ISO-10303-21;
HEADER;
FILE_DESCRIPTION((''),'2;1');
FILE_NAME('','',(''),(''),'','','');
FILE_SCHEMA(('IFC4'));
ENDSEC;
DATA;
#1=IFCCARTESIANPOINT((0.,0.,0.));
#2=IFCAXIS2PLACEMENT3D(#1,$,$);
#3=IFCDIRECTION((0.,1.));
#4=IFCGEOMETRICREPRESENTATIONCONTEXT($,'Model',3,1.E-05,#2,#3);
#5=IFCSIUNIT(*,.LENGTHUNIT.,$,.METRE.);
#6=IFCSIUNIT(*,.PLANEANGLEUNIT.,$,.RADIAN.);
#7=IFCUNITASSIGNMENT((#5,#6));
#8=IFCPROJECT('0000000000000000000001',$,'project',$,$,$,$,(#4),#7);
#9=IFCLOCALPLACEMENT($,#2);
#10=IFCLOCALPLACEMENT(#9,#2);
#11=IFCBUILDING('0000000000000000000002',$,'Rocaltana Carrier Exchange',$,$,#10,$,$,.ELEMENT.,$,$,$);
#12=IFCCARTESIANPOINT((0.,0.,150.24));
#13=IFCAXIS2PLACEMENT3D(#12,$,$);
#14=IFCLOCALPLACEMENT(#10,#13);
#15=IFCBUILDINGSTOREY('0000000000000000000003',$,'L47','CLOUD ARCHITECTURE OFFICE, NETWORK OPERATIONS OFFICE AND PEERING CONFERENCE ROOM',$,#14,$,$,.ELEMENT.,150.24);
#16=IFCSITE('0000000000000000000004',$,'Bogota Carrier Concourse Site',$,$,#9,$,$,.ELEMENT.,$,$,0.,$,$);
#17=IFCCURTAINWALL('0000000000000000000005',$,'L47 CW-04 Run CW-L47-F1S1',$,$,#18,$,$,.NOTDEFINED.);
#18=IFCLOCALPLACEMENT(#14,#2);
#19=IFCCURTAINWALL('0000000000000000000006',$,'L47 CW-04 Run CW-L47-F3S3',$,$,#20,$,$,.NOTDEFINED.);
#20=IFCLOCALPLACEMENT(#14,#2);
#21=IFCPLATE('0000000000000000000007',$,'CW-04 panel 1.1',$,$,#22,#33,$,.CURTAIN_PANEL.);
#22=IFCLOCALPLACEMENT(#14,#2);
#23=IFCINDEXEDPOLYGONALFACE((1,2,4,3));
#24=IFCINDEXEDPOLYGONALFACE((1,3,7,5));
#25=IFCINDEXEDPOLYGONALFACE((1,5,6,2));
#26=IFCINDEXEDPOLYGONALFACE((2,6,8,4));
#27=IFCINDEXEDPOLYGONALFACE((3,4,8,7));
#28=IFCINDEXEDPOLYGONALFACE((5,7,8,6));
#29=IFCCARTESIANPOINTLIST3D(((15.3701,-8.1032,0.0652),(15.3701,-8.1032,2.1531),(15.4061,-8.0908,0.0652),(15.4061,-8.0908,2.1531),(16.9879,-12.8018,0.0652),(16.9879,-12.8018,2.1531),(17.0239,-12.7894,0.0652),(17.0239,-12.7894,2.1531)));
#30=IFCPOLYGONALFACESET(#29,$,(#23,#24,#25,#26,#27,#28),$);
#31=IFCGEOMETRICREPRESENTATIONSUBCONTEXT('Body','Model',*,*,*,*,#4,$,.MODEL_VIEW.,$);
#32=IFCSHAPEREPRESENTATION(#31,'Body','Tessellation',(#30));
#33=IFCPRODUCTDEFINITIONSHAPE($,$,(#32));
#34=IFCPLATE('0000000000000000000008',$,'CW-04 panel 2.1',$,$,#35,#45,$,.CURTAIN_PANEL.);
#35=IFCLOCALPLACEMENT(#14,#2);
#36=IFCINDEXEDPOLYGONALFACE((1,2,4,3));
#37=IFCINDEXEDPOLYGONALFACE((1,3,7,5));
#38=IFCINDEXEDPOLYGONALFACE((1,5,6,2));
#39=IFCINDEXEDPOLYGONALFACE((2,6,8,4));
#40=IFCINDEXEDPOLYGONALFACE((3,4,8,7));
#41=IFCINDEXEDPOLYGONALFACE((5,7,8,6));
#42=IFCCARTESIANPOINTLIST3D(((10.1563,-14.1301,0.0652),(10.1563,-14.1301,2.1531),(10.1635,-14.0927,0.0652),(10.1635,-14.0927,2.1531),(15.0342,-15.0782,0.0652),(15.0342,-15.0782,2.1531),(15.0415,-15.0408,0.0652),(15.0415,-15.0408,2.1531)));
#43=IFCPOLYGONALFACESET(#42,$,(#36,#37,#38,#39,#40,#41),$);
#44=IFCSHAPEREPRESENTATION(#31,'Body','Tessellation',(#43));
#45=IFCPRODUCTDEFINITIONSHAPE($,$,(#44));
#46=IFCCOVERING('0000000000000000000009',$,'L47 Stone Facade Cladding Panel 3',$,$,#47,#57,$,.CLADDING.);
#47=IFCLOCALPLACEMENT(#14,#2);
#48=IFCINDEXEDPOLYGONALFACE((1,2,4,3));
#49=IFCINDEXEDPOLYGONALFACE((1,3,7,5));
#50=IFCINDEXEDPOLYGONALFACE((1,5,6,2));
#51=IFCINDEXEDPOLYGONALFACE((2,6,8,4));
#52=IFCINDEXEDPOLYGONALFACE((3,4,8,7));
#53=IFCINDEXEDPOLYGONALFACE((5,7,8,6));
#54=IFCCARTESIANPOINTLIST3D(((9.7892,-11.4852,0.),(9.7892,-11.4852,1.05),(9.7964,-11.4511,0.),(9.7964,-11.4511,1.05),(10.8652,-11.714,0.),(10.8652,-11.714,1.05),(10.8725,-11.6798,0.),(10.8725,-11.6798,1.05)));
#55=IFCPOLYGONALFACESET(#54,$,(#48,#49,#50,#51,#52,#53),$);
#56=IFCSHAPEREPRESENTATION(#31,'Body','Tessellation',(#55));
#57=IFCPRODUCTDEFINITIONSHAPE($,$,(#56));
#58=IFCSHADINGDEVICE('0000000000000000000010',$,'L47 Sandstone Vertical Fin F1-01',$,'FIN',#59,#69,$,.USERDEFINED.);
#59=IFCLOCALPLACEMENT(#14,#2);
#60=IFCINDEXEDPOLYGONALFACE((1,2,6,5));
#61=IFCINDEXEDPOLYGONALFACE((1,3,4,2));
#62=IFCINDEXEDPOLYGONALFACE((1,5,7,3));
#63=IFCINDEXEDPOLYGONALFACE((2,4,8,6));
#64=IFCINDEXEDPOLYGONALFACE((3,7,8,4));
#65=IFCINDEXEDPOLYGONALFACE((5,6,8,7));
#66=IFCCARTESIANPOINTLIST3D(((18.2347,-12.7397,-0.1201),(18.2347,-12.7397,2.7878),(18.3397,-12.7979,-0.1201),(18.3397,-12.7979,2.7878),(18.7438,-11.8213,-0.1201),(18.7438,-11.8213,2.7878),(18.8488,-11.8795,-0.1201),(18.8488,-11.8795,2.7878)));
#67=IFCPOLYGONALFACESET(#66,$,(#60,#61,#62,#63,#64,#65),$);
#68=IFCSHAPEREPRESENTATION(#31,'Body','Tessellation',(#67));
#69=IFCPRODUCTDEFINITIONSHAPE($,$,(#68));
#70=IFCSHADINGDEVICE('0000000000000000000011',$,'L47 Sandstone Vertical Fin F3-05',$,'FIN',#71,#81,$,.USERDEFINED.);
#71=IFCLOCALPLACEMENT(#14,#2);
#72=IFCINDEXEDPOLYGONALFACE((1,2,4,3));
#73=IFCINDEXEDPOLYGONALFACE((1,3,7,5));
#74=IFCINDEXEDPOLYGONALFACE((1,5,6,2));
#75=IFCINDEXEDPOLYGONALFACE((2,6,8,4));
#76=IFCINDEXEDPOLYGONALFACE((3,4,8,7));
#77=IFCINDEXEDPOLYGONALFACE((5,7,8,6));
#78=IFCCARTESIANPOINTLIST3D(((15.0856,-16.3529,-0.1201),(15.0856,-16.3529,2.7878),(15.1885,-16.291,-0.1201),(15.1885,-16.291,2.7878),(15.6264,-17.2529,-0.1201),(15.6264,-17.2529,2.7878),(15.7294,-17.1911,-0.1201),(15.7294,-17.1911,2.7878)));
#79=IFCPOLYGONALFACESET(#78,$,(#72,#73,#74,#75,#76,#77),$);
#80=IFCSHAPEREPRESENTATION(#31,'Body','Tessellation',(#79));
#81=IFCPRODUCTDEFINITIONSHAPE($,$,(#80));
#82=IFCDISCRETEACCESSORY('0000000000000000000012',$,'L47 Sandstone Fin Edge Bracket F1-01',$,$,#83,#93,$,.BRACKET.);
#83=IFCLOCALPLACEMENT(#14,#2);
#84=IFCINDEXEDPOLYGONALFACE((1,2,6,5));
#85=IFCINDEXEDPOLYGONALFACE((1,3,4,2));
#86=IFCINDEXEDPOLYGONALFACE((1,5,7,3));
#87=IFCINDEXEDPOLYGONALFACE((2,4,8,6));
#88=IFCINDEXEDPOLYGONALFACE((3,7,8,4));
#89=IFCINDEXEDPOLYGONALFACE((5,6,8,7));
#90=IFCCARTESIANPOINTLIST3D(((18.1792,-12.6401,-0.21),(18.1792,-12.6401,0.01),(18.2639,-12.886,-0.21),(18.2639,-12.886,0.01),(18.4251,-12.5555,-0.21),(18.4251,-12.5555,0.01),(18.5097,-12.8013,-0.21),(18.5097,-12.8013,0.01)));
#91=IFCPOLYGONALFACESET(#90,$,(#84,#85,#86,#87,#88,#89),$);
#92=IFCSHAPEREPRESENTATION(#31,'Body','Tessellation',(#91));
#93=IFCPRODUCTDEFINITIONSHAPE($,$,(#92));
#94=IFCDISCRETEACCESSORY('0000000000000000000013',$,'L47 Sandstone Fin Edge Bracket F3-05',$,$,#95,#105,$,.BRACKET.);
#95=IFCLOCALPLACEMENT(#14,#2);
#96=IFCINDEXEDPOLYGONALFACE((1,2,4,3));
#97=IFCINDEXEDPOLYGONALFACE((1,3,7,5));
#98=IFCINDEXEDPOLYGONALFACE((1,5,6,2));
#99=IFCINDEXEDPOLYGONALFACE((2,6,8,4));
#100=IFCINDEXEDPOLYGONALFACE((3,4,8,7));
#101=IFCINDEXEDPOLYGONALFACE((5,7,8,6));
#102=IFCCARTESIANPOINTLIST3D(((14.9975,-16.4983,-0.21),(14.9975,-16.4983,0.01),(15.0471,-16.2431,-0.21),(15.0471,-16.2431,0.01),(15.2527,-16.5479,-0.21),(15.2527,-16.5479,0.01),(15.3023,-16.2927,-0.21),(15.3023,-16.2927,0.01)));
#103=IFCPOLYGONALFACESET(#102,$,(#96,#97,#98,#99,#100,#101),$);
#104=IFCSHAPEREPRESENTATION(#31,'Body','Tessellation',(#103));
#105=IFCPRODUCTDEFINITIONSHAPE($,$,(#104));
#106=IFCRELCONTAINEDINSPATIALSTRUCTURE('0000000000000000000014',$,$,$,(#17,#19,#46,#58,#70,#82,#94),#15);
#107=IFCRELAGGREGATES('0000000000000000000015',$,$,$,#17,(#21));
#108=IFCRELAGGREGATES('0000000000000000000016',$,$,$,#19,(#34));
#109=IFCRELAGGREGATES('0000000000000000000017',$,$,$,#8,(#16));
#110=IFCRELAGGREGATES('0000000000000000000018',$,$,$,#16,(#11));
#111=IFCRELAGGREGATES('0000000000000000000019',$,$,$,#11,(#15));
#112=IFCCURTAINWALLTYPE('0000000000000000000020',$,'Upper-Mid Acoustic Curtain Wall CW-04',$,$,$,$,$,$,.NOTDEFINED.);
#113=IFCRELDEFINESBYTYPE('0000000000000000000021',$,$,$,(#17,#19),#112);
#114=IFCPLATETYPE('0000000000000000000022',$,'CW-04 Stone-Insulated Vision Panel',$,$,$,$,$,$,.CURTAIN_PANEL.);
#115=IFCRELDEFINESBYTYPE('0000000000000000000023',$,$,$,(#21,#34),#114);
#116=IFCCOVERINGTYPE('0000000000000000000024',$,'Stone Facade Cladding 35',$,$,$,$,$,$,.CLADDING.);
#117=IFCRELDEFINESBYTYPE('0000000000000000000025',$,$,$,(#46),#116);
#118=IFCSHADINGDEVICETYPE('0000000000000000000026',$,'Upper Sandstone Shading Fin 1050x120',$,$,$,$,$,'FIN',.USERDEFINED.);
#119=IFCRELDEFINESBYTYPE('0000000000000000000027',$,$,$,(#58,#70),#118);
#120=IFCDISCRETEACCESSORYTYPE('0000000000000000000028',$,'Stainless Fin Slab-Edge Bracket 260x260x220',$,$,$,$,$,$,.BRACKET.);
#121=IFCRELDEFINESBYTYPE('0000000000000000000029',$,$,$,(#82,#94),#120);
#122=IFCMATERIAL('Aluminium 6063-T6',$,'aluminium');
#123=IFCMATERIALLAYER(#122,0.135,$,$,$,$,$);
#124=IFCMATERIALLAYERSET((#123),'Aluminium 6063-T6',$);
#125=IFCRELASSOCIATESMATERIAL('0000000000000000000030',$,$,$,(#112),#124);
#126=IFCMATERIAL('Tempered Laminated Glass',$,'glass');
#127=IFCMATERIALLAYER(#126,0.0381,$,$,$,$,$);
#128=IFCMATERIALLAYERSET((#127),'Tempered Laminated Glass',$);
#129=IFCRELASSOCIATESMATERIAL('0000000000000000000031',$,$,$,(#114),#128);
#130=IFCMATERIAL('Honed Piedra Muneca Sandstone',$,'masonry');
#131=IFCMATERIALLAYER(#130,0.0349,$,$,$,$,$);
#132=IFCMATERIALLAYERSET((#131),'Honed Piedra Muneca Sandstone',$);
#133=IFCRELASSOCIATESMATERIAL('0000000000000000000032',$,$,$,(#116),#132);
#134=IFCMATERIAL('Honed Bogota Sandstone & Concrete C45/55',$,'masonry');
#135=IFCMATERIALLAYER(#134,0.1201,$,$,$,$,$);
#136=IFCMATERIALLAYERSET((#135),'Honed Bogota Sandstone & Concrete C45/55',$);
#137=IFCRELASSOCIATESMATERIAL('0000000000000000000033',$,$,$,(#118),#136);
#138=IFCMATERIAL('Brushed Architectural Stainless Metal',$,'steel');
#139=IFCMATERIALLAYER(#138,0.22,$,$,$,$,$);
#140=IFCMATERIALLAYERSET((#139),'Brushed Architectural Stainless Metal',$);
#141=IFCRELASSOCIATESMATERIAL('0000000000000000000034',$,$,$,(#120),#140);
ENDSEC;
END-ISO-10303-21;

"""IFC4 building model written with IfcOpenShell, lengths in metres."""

from ifc_helpers import new_model, si_unit, direction, frame, origin, origin_2d, place, context, subcontext, project, spatial, rectangle, extrude, material, layer, layer_set, type_object, element, aggregate, save


model = new_model("IFC4")

# Units and contexts
model_context = context("Model", 3, precision=1e-05, world=origin(), true_north=direction((0.0, 1.0)))
body_context = subcontext(model_context, "Body", "Model", "MODEL_VIEW")
ifc_project = project(units=[si_unit("LENGTHUNIT", "METRE"), si_unit("PLANEANGLEUNIT", "RADIAN")], contexts=[model_context])

# Site, building, storey
site_placement = place(None, origin())
site = spatial("IfcSite", under=ifc_project, at=site_placement, Name="Bogota Carrier Concourse Site", CompositionType="ELEMENT", RefElevation=0.0)
building_placement = place(site_placement, origin())
building = spatial("IfcBuilding", under=site, at=building_placement, Name="Rocaltana Carrier Exchange", CompositionType="ELEMENT")
storey_placement = place(building_placement, frame((0.0, 0.0, 150.24)))
storey = spatial("IfcBuildingStorey", under=building, at=storey_placement, Name="L47", Description="CLOUD ARCHITECTURE OFFICE, NETWORK OPERATIONS OFFICE AND PEERING CONFERENCE ROOM", CompositionType="ELEMENT", Elevation=150.24)

# Curtain walls
ifc_material_1 = material(Name="Aluminium 6063-T6", Category="aluminium")
ifc_layer_1 = layer(ifc_material_1, 0.135)
ifc_layer_set_1 = layer_set([ifc_layer_1], Name="Aluminium 6063-T6")
curtain_wall_type = type_object("IfcCurtainWallType", Name="Upper-Mid Acoustic Curtain Wall CW-04", PredefinedType="NOTDEFINED", material=ifc_layer_set_1)
curtain_wall_1_placement = place(storey_placement, origin())
curtain_wall_1 = element("IfcCurtainWall", 1, at=curtain_wall_1_placement, inside=storey, type_object=curtain_wall_type, Name="L47 CW-04 Run CW-L47-F1S1", PredefinedType="NOTDEFINED")
curtain_wall_2_placement = place(storey_placement, origin())
curtain_wall_2 = element("IfcCurtainWall", 2, at=curtain_wall_2_placement, inside=storey, type_object=curtain_wall_type, Name="L47 CW-04 Run CW-L47-F3S3", PredefinedType="NOTDEFINED")

# Plates
ifc_material_2 = material(Name="Tempered Laminated Glass", Category="glass")
ifc_layer_2 = layer(ifc_material_2, 0.0381)
ifc_layer_set_2 = layer_set([ifc_layer_2], Name="Tempered Laminated Glass")
plate_type = type_object("IfcPlateType", Name="CW-04 Stone-Insulated Vision Panel", PredefinedType="CURTAIN_PANEL", material=ifc_layer_set_2)
plate_1_placement = place(storey_placement, frame((16.197, -10.4463, 0.0652), z_axis=(0.0, 0.0, 1.0), x_axis=(-0.325559, 0.945522, 0.0)))
plate_1 = element("IfcPlate", 3, at=plate_1_placement, type_object=plate_type, Name="CW-04 panel 1.1", PredefinedType="CURTAIN_PANEL", context=body_context, shape_type="SweptSolid", body=[
    extrude(rectangle(XDim=4.9692, YDim=0.0381, at=origin_2d()), origin(), (0.0, 0.0, 1.0), 2.0879),
])
aggregate(curtain_wall_1, [plate_1])
plate_2_placement = place(storey_placement, frame((12.5989, -14.5854, 0.0652), z_axis=(0.0, 0.0, 1.0), x_axis=(0.981628, -0.190805, 0.0)))
plate_2 = element("IfcPlate", 4, at=plate_2_placement, type_object=plate_type, Name="CW-04 panel 2.1", PredefinedType="CURTAIN_PANEL", context=body_context, shape_type="SweptSolid", body=[
    extrude(rectangle(XDim=4.9692, YDim=0.0381, at=origin_2d()), origin(), (0.0, 0.0, 1.0), 2.0879),
])
aggregate(curtain_wall_2, [plate_2])

# Covering
ifc_material_3 = material(Name="Honed Piedra Muneca Sandstone", Category="masonry")
ifc_layer_3 = layer(ifc_material_3, 0.0349)
ifc_layer_set_3 = layer_set([ifc_layer_3], Name="Honed Piedra Muneca Sandstone")
covering_type = type_object("IfcCoveringType", Name="Stone Facade Cladding 35", PredefinedType="CLADDING", material=ifc_layer_set_3)
covering_placement = place(storey_placement, frame((10.3308, -11.5825, 0.0), z_axis=(0.0, 0.0, 1.0), x_axis=(-0.978148, 0.207912, 0.0)))
element("IfcCovering", 5, at=covering_placement, inside=storey, type_object=covering_type, Name="L47 Stone Facade Cladding Panel 3", PredefinedType="CLADDING", context=body_context, shape_type="SweptSolid", body=[
    extrude(rectangle(XDim=1.1001, YDim=0.0349, at=origin_2d()), origin(), (0.0, 0.0, 1.0), 1.05),
])

# Shading devices
ifc_material_4 = material(Name="Honed Bogota Sandstone & Concrete C45/55", Category="masonry")
ifc_layer_4 = layer(ifc_material_4, 0.1201)
ifc_layer_set_4 = layer_set([ifc_layer_4], Name="Honed Bogota Sandstone & Concrete C45/55")
shading_device_type = type_object("IfcShadingDeviceType", Name="Upper Sandstone Shading Fin 1050x120", ElementType="FIN", PredefinedType="USERDEFINED", material=ifc_layer_set_4)
for number, where, z_axis, x_axis, name in (
    (6, (18.5417, -12.3096, -0.1201), (0.0, 0.0, 1.0), (0.48481, 0.87462, 0.0), "L47 Sandstone Vertical Fin F1-01"),
    (7, (15.4075, -16.772, -0.1201), (0.0, 0.0, 1.0), (0.515038, -0.857167, 0.0), "L47 Sandstone Vertical Fin F3-05"),
):
    element("IfcShadingDevice", number, at=place(storey_placement, frame(where, z_axis=z_axis, x_axis=x_axis)), inside=storey, type_object=shading_device_type, Name=name, ObjectType="FIN", PredefinedType="USERDEFINED", context=body_context, shape_type="SweptSolid", body=[
        extrude(rectangle(XDim=1.05, YDim=0.1201, at=origin_2d()), origin(), (0.0, 0.0, 1.0), 2.908),
    ])

# Discrete accessories
ifc_material_5 = material(Name="Brushed Architectural Stainless Metal", Category="steel")
ifc_layer_5 = layer(ifc_material_5, 0.22)
ifc_layer_set_5 = layer_set([ifc_layer_5], Name="Brushed Architectural Stainless Metal")
discrete_accessory_type = type_object("IfcDiscreteAccessoryType", Name="Stainless Fin Slab-Edge Bracket 260x260x220", PredefinedType="BRACKET", material=ifc_layer_set_5)
for number, where, z_axis, x_axis, name in (
    (8, (18.3445, -12.7207, -0.21), (0.0, 0.0, 1.0), (-0.325568, 0.945519, 0.0), "L47 Sandstone Fin Edge Bracket F1-01"),
    (9, (15.1499, -16.3955, -0.21), (0.0, 0.0, 1.0), (0.981627, -0.190809, 0.0), "L47 Sandstone Fin Edge Bracket F3-05"),
):
    element("IfcDiscreteAccessory", number, at=place(storey_placement, frame(where, z_axis=z_axis, x_axis=x_axis)), inside=storey, type_object=discrete_accessory_type, Name=name, PredefinedType="BRACKET", context=body_context, shape_type="SweptSolid", body=[
        extrude(rectangle(XDim=0.26, YDim=0.26, at=origin_2d()), origin(), (0.0, 0.0, 1.0), 0.22),
    ])

save(model, "model.ifc")
